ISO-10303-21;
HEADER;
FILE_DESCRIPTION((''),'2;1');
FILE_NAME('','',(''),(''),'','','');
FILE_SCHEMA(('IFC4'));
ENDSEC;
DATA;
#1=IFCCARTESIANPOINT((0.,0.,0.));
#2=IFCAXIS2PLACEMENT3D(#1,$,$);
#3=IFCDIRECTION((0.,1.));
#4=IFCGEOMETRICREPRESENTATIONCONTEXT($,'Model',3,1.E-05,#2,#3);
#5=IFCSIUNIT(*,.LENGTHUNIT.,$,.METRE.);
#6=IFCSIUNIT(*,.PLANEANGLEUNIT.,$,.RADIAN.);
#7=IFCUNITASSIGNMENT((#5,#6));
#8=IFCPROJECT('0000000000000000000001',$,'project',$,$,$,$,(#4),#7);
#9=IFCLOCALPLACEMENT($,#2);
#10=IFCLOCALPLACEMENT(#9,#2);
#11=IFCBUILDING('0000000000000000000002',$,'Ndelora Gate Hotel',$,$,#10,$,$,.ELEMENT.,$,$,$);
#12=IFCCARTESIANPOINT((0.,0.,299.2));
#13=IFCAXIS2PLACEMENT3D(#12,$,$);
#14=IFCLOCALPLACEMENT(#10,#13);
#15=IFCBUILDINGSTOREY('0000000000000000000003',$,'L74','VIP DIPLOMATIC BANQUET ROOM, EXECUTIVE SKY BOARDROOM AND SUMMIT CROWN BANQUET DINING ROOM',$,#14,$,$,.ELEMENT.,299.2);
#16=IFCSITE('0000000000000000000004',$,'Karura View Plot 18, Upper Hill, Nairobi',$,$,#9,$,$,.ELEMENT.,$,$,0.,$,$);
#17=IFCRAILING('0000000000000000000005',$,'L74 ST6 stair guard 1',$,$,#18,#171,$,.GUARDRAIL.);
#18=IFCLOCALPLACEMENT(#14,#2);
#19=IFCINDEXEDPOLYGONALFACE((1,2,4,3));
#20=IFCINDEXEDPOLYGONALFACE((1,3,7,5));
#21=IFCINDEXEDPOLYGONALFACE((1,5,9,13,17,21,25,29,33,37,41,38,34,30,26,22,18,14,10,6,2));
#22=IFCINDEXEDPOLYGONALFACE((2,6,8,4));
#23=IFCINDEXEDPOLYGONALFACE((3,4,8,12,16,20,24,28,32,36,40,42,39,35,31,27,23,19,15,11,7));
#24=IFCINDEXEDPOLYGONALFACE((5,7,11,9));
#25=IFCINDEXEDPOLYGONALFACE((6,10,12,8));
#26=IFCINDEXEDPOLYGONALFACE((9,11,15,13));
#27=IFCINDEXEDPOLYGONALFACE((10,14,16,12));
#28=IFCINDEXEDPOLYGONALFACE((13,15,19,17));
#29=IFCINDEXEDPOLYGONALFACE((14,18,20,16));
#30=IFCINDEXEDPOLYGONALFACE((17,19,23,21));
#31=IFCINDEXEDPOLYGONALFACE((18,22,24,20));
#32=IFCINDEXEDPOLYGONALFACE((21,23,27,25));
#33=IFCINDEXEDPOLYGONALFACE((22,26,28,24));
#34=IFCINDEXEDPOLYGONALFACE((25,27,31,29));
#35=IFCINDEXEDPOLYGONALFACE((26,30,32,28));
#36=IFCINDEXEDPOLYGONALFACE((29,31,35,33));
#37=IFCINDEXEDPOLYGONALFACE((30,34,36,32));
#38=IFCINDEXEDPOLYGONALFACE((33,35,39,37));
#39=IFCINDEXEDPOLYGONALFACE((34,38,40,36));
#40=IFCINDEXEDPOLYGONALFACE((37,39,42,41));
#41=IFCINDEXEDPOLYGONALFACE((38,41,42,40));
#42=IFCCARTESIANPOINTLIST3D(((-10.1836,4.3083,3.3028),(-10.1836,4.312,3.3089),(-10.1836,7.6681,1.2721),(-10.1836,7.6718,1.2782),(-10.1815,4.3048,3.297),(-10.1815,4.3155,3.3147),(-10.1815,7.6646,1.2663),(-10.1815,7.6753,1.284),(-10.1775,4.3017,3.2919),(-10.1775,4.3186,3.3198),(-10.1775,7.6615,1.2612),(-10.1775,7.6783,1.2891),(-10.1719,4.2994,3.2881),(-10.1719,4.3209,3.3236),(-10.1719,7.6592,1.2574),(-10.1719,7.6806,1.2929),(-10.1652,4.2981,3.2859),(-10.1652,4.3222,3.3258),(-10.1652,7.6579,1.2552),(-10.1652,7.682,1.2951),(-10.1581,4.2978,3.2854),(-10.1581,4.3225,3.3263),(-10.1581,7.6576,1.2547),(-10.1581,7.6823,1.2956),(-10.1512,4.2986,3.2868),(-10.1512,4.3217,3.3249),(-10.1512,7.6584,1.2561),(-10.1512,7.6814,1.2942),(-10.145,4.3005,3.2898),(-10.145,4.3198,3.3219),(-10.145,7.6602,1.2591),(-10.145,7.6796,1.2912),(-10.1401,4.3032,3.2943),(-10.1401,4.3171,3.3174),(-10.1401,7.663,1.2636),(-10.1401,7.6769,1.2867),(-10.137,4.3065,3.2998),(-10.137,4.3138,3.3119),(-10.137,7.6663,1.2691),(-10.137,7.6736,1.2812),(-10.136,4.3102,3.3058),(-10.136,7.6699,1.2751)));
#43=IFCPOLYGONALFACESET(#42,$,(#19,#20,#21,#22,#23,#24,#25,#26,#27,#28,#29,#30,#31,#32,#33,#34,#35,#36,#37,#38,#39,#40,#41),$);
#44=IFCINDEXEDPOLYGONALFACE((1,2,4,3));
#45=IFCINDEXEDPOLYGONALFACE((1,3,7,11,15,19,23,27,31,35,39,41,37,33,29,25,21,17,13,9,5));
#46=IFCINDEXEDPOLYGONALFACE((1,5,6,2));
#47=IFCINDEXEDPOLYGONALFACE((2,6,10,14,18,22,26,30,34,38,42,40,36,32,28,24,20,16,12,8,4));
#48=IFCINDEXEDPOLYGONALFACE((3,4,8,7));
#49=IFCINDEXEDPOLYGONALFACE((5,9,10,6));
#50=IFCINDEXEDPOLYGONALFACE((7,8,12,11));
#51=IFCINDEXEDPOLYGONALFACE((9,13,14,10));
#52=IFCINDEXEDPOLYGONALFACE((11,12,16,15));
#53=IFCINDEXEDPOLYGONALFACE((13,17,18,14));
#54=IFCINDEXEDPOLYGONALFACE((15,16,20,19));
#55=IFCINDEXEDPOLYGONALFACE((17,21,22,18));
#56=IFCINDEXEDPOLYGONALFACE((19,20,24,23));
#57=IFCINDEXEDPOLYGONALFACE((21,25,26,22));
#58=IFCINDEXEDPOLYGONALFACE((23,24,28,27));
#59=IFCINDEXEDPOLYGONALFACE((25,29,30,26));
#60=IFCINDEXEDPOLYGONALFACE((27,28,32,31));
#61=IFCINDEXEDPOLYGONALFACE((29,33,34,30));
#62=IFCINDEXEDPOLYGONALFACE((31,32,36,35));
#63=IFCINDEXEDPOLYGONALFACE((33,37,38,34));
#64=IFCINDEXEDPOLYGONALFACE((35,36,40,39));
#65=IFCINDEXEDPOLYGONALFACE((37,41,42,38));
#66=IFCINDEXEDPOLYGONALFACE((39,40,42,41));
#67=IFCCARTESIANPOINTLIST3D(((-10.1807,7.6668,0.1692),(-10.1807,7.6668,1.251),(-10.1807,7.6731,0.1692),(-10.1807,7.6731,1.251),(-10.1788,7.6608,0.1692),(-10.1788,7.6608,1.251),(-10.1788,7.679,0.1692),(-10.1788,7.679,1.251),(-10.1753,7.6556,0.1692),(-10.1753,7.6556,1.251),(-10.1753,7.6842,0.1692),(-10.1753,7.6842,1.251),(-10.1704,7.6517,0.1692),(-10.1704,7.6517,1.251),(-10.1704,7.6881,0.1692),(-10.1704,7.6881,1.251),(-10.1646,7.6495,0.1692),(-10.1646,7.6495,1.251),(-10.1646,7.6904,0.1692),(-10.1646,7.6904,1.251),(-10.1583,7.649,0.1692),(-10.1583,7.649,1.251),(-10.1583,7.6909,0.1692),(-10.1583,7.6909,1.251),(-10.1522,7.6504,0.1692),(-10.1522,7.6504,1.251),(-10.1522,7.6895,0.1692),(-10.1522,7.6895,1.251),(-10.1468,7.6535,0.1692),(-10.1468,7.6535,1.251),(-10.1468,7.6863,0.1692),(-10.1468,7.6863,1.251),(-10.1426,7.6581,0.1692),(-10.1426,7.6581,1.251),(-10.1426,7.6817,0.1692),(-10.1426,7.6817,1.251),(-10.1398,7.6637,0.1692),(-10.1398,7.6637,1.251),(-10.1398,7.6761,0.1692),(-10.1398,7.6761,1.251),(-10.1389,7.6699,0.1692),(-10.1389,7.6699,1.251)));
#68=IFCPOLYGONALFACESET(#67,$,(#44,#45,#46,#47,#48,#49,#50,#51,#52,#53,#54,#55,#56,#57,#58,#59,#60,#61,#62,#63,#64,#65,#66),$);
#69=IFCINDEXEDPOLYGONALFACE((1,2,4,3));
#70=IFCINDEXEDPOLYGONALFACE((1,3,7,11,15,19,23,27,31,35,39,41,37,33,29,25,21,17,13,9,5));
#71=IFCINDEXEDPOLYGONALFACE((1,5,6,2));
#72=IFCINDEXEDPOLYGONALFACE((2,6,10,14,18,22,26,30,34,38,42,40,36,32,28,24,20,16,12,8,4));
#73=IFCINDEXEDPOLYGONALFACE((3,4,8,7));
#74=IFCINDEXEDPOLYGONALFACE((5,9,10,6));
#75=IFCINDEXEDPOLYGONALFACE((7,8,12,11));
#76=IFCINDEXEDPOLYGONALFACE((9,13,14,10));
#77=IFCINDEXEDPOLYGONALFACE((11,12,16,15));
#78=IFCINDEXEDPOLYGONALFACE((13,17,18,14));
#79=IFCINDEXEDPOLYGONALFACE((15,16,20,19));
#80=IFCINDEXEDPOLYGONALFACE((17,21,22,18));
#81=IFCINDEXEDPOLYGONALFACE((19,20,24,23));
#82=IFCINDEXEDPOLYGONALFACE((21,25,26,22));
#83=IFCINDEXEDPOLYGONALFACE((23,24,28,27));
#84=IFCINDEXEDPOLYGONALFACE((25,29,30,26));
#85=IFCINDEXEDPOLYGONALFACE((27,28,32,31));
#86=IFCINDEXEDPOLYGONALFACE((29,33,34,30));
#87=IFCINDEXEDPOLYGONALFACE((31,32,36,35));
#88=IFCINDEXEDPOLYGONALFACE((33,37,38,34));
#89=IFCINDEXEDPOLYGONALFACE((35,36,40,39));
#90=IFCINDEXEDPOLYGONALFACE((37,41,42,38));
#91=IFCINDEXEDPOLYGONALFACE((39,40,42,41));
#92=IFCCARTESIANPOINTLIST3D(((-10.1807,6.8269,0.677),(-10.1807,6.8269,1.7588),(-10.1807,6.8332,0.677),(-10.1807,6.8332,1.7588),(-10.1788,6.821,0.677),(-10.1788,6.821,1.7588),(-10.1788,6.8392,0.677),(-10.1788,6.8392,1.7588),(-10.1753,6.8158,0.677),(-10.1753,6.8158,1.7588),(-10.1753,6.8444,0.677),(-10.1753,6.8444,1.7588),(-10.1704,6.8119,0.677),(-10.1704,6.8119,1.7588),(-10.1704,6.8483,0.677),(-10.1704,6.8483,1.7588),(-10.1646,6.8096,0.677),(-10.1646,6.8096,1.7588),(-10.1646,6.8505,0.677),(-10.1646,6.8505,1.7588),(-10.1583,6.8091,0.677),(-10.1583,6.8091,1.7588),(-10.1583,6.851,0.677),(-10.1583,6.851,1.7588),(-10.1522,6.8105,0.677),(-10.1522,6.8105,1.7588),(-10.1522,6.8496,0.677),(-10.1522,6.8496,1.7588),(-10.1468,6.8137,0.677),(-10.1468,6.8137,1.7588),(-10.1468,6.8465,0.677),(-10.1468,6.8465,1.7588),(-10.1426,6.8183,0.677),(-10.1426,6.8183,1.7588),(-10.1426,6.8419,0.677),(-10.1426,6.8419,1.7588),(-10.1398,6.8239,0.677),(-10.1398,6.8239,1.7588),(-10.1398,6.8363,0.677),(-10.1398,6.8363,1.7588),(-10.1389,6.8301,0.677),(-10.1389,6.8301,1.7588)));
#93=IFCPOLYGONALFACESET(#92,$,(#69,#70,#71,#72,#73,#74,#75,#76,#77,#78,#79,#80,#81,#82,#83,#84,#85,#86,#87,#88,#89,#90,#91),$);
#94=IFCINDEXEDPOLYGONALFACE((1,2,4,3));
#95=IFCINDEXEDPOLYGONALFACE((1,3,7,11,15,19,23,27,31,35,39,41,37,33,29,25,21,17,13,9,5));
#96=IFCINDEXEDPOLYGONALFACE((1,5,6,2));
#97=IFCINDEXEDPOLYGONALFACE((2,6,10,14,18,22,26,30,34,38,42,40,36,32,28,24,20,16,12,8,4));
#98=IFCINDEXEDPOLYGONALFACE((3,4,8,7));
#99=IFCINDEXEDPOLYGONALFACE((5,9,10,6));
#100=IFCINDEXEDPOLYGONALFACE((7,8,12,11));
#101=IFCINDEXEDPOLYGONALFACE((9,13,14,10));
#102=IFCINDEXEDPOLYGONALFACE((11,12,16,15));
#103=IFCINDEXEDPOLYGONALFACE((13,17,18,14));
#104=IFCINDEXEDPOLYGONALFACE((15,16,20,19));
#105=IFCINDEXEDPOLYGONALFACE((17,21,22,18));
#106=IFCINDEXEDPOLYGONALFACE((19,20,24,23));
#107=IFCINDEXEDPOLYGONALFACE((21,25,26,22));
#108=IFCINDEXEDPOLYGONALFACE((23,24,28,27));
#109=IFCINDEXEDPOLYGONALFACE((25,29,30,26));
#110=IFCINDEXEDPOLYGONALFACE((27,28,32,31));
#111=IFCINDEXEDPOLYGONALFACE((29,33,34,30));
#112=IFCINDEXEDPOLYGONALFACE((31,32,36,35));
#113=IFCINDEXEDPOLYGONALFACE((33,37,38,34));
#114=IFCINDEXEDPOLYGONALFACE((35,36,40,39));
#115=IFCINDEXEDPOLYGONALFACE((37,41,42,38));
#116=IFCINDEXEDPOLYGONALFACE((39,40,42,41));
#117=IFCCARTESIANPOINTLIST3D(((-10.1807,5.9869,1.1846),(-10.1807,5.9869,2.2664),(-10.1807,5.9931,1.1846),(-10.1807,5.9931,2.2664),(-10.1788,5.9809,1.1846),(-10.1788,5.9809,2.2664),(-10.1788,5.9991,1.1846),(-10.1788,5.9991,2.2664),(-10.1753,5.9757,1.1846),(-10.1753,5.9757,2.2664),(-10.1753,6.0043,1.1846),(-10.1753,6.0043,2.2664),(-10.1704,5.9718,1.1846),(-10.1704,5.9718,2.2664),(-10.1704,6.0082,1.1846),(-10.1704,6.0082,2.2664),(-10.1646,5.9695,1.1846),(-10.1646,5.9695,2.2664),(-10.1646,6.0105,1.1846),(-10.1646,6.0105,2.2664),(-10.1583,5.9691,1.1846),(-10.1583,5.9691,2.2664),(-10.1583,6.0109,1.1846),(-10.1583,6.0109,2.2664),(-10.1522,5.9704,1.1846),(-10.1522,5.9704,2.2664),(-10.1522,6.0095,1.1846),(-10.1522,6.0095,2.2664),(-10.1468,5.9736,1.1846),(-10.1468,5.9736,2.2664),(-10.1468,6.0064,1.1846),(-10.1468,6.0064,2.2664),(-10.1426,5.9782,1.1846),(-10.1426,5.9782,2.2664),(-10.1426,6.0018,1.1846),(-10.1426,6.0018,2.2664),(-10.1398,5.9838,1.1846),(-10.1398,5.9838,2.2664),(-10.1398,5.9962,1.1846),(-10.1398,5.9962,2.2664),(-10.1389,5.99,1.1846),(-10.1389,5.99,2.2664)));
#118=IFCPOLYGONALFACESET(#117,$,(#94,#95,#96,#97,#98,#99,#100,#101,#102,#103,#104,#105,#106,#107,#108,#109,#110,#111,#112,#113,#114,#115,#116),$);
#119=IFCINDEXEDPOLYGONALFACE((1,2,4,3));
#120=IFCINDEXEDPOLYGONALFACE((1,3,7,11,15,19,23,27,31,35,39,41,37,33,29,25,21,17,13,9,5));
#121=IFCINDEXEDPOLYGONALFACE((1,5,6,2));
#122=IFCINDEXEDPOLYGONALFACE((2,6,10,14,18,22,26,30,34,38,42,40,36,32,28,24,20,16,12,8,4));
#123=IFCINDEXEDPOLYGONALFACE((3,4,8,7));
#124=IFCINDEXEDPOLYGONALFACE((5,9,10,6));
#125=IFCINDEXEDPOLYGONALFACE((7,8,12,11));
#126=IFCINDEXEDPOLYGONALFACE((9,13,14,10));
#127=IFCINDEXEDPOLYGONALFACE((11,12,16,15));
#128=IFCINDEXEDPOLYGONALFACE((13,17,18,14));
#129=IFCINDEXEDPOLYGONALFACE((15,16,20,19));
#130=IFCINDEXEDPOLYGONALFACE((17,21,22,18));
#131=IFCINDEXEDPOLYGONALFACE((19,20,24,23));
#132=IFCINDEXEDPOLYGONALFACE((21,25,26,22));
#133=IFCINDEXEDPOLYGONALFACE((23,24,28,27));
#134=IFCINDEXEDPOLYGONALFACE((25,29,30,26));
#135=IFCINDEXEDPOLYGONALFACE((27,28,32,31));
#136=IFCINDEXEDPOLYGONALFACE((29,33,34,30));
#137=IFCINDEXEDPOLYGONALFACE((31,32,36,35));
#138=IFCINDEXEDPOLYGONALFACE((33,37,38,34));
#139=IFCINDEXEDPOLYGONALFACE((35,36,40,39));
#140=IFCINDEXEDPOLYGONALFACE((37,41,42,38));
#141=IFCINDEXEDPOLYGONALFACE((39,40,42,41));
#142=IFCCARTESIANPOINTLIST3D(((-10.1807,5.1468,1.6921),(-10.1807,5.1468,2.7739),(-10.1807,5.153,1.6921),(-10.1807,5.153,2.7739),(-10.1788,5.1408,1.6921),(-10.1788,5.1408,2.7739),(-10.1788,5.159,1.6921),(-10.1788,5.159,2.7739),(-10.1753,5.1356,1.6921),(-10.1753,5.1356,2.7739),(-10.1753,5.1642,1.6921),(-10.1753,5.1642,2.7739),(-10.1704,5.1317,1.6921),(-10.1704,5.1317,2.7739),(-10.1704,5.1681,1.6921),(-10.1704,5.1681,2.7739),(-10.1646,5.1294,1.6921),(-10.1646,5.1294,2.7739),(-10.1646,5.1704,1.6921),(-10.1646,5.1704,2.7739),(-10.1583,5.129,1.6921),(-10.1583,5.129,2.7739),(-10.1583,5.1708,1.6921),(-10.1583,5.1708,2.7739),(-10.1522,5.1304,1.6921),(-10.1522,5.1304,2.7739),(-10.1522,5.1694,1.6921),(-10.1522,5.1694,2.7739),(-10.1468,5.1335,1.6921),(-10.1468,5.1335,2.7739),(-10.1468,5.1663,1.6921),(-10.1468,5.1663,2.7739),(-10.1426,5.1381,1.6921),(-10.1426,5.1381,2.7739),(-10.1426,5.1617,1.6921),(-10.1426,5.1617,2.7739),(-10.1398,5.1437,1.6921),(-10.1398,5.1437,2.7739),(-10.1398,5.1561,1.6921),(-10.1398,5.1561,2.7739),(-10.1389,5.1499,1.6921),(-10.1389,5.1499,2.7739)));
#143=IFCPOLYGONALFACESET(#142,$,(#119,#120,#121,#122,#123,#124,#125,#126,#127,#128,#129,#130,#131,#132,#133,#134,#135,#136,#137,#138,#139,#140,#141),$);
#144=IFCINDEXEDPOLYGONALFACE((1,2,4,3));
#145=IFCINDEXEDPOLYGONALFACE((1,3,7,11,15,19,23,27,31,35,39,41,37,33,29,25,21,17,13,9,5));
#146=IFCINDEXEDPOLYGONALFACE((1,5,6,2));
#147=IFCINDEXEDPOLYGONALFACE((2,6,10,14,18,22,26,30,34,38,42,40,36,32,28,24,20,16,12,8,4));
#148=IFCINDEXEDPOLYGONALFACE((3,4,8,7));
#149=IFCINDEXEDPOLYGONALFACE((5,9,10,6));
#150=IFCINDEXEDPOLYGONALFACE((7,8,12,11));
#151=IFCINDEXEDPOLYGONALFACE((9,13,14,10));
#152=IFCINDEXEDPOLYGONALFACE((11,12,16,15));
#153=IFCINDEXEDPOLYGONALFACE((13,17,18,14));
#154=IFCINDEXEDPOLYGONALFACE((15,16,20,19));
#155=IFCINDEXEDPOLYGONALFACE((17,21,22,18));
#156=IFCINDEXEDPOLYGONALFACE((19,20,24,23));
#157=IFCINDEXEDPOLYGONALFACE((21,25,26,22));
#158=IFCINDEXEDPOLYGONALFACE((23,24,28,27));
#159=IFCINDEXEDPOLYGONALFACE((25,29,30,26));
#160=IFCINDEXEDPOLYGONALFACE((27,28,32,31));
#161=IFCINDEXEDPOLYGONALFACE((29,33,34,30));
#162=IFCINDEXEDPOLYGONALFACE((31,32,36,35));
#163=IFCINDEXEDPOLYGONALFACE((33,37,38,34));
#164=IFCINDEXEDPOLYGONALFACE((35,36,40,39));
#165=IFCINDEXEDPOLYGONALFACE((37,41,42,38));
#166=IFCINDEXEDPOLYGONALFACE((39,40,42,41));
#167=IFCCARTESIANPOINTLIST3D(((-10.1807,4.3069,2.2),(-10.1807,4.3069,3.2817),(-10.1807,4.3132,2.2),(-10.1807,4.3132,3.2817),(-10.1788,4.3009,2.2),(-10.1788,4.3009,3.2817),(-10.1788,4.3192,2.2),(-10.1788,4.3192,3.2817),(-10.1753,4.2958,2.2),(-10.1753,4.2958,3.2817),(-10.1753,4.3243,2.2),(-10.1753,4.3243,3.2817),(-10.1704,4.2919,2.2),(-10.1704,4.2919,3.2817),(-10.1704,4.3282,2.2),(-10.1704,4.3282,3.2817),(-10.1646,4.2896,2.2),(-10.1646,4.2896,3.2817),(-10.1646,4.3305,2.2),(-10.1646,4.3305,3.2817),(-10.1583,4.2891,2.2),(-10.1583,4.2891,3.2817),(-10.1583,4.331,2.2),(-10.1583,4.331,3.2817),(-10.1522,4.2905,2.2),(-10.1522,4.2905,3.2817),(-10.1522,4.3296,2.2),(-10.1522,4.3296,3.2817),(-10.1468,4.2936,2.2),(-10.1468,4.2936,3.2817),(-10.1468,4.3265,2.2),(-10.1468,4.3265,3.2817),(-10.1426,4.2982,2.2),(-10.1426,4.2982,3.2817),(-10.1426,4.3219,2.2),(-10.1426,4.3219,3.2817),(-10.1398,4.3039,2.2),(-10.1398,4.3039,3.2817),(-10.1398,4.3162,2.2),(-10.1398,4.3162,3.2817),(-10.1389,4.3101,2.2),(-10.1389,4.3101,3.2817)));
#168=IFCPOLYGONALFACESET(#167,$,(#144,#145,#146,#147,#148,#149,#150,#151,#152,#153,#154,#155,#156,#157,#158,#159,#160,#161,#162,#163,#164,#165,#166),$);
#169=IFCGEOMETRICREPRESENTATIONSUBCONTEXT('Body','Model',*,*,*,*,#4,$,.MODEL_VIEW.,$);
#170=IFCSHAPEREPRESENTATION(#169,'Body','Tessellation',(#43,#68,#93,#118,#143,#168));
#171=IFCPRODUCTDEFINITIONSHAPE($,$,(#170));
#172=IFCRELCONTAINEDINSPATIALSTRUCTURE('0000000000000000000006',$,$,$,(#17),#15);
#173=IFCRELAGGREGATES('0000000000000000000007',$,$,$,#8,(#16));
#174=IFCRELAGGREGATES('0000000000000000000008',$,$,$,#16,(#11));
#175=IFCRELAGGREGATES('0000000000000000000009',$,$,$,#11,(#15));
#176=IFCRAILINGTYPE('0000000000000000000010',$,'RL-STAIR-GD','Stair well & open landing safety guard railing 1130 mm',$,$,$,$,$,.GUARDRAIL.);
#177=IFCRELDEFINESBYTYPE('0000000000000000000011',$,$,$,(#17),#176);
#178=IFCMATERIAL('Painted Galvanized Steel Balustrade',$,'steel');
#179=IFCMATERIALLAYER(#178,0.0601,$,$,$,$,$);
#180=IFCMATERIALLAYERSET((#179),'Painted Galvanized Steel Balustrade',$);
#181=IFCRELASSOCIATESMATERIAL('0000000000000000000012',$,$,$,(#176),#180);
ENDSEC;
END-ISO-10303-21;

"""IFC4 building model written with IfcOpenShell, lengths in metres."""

from ifc_helpers import new_model, si_unit, direction, frame, origin, origin_2d, place, context, subcontext, project, spatial, circle, extrude, material, layer, layer_set, type_object, element, save


model = new_model("IFC4")

# Units and contexts
model_context = context("Model", 3, precision=1e-05, world=origin(), true_north=direction((0.0, 1.0)))
body_context = subcontext(model_context, "Body", "Model", "MODEL_VIEW")
ifc_project = project(units=[si_unit("LENGTHUNIT", "METRE"), si_unit("PLANEANGLEUNIT", "RADIAN")], contexts=[model_context])

# Site, building, storey
site_placement = place(None, origin())
site = spatial("IfcSite", under=ifc_project, at=site_placement, Name="Karura View Plot 18, Upper Hill, Nairobi", CompositionType="ELEMENT", RefElevation=0.0)
building_placement = place(site_placement, origin())
building = spatial("IfcBuilding", under=site, at=building_placement, Name="Ndelora Gate Hotel", CompositionType="ELEMENT")
storey_placement = place(building_placement, frame((0.0, 0.0, 299.2)))
storey = spatial("IfcBuildingStorey", under=building, at=storey_placement, Name="L74", Description="VIP DIPLOMATIC BANQUET ROOM, EXECUTIVE SKY BOARDROOM AND SUMMIT CROWN BANQUET DINING ROOM", CompositionType="ELEMENT", Elevation=299.2)

# Railing
ifc_material_1 = material(Name="Painted Galvanized Steel Balustrade", Category="steel")
ifc_layer_1 = layer(ifc_material_1, 0.0601)
ifc_layer_set_1 = layer_set([ifc_layer_1], Name="Painted Galvanized Steel Balustrade")
railing_type_1 = type_object("IfcRailingType", Name="RL-STAIR-GD", Description="Stair well & open landing safety guard railing 1130 mm", PredefinedType="GUARDRAIL", material=ifc_layer_set_1)
railing_1_placement = place(storey_placement, frame((-10.1599, 7.6699, 0.1692)))
element("IfcRailing", 1, at=railing_1_placement, inside=storey, type_object=railing_type_1, Name="L74 ST6 stair guard 1", PredefinedType="GUARDRAIL", context=body_context, shape_type="SweptSolid", body=[
    extrude(circle(Radius=0.0239, at=origin_2d()), frame((0.0, 0.0, 1.106), z_axis=(0.0, -0.85582, 0.517273), x_axis=(1.0, 0.0, 0.0)), (0.0, 0.0, 1.0), 3.9258),
    extrude(circle(Radius=0.021, at=origin_2d()), origin(), (0.0, 0.0, 1.0), 1.0818),
    extrude(circle(Radius=0.021, at=origin_2d()), frame((0.0, -0.8398, 0.5078)), (0.0, 0.0, 1.0), 1.0818),
    extrude(circle(Radius=0.021, at=origin_2d()), frame((0.0, -1.6799, 1.0154)), (0.0, 0.0, 1.0), 1.0818),
    extrude(circle(Radius=0.021, at=origin_2d()), frame((0.0, -2.52, 1.5229)), (0.0, 0.0, 1.0), 1.0818),
    extrude(circle(Radius=0.021, at=origin_2d()), frame((0.0, -3.3599, 2.0308)), (0.0, 0.0, 1.0), 1.0818),
])

save(model, "model.ifc")
